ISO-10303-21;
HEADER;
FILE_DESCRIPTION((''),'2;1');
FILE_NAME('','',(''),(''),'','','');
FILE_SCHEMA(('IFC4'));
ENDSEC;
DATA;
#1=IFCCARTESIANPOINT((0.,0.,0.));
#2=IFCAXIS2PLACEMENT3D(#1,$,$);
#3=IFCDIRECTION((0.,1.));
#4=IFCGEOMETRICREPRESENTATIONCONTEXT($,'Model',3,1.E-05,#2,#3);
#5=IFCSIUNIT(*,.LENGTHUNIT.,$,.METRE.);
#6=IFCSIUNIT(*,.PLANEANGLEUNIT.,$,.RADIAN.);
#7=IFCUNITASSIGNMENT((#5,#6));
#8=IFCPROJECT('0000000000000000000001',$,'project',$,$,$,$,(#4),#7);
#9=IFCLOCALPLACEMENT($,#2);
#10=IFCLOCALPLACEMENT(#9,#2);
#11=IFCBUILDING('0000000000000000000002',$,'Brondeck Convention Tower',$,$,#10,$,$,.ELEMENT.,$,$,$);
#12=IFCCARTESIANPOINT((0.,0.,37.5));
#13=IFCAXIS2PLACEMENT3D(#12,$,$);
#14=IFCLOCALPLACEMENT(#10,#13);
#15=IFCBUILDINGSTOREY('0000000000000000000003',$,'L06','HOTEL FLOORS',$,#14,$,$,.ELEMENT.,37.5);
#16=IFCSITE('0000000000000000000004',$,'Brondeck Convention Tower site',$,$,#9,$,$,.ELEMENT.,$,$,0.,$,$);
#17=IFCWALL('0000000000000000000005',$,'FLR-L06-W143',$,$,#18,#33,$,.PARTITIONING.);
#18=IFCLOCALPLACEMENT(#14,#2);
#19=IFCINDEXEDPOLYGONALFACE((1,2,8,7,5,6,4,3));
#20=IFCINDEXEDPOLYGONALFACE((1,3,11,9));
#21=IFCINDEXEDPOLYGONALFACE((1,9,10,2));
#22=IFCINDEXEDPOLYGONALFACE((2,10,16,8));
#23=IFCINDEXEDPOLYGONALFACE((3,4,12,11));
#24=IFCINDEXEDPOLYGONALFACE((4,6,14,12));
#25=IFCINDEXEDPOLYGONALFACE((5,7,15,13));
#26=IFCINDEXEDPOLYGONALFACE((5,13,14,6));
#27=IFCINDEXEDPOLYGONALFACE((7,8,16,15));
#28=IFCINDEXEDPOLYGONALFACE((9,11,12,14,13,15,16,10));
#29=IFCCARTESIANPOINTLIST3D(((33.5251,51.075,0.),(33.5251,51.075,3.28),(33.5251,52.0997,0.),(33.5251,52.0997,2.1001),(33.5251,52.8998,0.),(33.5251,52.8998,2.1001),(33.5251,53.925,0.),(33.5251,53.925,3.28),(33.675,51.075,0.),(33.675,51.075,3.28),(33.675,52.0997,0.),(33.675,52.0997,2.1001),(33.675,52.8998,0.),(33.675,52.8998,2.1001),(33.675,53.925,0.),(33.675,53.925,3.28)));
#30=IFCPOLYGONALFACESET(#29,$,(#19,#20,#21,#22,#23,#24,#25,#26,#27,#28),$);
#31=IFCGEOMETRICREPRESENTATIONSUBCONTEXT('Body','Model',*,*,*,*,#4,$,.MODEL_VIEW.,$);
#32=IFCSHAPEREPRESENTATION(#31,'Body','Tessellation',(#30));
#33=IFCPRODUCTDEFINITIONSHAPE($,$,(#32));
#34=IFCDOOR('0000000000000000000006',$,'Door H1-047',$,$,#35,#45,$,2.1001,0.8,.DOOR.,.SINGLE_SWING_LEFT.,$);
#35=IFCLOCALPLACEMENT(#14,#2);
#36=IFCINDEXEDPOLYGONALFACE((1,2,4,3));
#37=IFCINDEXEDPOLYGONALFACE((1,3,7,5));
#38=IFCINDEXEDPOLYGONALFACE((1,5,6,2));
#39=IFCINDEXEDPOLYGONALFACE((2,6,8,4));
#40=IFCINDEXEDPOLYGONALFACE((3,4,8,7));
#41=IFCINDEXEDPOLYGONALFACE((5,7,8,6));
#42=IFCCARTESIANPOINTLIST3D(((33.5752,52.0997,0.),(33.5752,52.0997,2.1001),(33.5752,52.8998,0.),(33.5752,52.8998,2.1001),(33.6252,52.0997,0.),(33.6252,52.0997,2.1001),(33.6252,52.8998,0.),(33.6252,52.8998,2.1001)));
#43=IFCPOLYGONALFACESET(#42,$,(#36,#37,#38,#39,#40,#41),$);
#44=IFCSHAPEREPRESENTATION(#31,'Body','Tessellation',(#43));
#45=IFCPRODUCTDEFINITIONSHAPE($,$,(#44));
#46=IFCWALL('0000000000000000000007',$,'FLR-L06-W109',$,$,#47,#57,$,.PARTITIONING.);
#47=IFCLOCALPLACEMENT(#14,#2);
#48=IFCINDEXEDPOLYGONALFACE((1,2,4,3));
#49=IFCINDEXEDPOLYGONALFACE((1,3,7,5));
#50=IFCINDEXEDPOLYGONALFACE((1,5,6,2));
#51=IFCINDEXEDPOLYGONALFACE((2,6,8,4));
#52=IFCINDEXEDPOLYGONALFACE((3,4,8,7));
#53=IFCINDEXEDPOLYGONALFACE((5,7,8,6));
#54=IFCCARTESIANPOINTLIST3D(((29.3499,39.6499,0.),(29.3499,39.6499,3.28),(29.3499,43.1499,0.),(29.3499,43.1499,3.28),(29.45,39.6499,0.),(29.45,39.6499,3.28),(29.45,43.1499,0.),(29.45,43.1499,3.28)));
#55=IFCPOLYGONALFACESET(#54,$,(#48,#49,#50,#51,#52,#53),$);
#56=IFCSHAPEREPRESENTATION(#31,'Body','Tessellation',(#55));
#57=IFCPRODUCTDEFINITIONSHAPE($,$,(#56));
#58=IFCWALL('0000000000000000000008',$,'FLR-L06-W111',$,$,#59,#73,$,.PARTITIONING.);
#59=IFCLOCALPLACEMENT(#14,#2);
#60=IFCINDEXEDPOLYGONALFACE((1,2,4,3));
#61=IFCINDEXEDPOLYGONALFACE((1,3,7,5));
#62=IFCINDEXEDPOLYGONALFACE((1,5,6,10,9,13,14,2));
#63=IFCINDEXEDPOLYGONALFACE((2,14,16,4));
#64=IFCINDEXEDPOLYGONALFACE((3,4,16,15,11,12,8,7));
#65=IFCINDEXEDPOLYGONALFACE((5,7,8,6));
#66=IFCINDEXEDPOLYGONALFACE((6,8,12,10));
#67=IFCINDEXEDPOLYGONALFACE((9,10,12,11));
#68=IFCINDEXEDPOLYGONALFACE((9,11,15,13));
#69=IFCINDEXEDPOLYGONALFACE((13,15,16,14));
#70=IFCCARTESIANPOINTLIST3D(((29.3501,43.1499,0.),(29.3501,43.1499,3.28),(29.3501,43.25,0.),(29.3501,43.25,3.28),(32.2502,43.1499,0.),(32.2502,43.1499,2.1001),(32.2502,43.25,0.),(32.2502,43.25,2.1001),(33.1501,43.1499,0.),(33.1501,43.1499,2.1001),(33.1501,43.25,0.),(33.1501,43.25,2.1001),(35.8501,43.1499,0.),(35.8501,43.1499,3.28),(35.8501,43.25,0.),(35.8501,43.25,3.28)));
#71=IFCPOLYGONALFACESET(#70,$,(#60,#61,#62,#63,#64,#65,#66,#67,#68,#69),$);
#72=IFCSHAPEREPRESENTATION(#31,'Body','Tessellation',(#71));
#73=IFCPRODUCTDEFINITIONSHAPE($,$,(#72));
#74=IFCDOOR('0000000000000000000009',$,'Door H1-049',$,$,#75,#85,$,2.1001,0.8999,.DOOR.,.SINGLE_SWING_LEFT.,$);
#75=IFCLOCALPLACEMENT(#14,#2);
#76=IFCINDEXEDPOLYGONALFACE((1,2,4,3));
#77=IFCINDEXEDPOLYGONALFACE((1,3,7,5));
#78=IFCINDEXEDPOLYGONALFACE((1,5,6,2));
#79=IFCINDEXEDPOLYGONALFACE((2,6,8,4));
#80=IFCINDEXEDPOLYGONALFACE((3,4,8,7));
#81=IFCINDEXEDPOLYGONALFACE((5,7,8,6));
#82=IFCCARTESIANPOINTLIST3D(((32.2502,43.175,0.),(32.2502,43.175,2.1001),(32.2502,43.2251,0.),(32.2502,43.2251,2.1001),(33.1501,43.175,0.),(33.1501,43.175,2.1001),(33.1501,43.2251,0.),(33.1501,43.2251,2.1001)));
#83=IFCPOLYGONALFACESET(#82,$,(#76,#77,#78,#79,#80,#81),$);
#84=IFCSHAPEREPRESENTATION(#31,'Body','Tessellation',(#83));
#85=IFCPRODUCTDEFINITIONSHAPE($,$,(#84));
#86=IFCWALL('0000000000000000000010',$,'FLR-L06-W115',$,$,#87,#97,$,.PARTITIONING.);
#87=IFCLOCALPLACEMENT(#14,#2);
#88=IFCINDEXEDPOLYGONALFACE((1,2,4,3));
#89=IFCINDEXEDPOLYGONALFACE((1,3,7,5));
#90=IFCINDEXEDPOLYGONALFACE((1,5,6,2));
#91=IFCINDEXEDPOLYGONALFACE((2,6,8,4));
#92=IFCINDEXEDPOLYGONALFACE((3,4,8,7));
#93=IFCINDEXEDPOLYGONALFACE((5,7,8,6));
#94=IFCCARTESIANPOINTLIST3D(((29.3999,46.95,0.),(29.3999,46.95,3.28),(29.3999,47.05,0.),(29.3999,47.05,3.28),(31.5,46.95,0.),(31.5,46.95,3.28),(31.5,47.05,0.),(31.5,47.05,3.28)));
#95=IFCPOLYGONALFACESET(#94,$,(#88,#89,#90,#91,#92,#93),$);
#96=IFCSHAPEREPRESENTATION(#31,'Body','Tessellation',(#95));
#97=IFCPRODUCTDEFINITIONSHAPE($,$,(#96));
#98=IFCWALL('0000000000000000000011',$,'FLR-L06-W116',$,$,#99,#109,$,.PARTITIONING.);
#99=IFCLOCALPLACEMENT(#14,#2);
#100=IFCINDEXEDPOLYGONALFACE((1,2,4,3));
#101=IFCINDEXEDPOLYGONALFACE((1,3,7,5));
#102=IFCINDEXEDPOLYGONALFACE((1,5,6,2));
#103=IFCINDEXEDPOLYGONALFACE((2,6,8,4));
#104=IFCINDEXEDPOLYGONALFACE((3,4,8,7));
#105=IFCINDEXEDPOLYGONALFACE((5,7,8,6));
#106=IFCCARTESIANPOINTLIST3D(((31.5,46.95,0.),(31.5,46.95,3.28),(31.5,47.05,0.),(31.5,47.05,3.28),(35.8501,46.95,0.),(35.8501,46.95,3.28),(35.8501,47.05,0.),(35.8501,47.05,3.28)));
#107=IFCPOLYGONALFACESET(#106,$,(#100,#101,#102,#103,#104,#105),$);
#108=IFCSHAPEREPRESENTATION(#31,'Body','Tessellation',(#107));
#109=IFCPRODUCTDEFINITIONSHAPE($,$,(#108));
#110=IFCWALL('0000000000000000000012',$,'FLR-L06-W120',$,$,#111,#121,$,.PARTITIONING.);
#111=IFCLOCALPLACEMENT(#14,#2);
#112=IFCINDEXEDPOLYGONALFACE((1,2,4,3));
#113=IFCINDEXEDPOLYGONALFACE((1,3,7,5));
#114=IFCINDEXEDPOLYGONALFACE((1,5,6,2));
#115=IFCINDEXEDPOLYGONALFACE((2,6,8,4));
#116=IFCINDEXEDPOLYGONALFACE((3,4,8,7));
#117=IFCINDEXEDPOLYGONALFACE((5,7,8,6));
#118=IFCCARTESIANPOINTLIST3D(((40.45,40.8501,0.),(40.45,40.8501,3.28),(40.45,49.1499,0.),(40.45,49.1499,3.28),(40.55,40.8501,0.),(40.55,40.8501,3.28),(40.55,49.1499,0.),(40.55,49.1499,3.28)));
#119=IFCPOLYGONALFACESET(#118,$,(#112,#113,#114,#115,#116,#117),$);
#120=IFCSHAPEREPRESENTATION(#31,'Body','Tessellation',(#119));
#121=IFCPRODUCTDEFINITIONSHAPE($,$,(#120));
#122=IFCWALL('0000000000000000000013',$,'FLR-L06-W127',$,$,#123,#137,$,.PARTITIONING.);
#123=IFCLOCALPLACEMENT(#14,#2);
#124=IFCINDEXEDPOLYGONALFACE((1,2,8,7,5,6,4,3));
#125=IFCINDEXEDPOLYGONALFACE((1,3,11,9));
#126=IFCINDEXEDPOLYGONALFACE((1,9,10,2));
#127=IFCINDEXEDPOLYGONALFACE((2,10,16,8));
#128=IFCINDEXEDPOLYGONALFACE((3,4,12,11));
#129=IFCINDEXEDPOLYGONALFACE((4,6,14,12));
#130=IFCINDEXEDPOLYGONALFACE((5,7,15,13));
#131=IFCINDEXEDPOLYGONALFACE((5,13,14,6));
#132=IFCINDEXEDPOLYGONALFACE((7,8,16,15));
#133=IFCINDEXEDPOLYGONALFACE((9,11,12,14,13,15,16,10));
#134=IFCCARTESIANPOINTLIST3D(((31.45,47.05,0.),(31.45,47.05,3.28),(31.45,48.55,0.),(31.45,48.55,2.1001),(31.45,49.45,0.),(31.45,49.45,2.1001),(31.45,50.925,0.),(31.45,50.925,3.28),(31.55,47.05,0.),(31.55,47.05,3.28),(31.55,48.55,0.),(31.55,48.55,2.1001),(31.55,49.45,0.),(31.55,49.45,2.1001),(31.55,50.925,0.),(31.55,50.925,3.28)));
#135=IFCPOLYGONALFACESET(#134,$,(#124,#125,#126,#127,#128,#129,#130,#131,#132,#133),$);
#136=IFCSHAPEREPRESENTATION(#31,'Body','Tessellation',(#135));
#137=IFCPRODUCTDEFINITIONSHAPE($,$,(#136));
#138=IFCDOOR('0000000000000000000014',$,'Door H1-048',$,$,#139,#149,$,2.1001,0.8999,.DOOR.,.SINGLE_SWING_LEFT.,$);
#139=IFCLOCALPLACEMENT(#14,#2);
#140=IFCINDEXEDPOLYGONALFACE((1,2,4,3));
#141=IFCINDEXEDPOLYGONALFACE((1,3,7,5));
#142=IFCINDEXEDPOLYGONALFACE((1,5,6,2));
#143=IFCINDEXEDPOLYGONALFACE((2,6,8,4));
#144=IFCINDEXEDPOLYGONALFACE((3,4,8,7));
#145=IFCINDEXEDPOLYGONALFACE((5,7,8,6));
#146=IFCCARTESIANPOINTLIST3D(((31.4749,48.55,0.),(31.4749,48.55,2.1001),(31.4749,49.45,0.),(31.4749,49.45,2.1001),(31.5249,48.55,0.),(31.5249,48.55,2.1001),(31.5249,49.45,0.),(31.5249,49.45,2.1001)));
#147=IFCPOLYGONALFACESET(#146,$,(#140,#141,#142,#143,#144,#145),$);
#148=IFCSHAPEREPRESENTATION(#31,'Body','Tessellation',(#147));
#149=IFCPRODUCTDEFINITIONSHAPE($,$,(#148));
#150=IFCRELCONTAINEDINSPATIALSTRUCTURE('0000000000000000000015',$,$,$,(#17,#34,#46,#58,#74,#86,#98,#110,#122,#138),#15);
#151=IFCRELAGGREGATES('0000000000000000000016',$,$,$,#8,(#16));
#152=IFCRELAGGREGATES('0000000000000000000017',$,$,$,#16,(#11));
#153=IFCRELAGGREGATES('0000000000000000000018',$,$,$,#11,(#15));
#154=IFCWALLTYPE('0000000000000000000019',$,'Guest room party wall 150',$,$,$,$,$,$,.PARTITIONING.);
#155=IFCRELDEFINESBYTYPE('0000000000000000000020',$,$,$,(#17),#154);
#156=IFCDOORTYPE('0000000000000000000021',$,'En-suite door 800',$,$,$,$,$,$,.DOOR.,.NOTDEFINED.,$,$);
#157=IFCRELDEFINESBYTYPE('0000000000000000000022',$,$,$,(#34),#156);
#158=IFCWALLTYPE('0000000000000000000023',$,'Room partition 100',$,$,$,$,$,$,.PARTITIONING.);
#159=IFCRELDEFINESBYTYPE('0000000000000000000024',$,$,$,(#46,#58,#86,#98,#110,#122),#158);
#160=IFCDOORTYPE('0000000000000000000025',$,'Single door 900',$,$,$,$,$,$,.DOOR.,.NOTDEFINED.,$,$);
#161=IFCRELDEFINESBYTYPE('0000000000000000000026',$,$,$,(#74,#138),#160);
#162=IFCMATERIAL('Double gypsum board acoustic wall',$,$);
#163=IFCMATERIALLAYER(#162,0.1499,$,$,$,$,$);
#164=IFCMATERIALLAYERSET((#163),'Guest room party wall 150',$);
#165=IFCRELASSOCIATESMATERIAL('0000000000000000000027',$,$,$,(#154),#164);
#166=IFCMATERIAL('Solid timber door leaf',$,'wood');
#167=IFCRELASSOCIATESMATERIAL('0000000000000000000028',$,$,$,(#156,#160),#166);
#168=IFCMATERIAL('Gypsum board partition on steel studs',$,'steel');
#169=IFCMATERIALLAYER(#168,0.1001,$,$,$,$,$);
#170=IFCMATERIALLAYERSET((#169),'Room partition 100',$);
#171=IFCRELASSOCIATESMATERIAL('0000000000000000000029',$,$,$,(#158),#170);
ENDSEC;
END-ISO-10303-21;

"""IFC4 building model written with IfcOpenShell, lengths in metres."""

from ifc_helpers import new_model, si_unit, direction, frame, frame_2d, origin, place, context, subcontext, project, spatial, rectangle, extrude, material, layer, layer_set, type_object, element, fill, save


model = new_model("IFC4")

# Units and contexts
model_context = context("Model", 3, precision=1e-05, world=origin(), true_north=direction((0.0, 1.0)))
body_context = subcontext(model_context, "Body", "Model", "MODEL_VIEW")
ifc_project = project(units=[si_unit("LENGTHUNIT", "METRE"), si_unit("PLANEANGLEUNIT", "RADIAN")], contexts=[model_context])

# Site, building, storey
site_placement = place(None, origin())
site = spatial("IfcSite", under=ifc_project, at=site_placement, Name="Brondeck Convention Tower site", CompositionType="ELEMENT", RefElevation=0.0)
building_placement = place(site_placement, origin())
building = spatial("IfcBuilding", under=site, at=building_placement, Name="Brondeck Convention Tower", CompositionType="ELEMENT")
storey_placement = place(building_placement, frame((0.0, 0.0, 37.5)))
storey = spatial("IfcBuildingStorey", under=building, at=storey_placement, Name="L06", Description="HOTEL FLOORS", CompositionType="ELEMENT", Elevation=37.5)

# Shared definitions
ifc_material_1 = material(Name="Double gypsum board acoustic wall")
ifc_layer_1 = layer(ifc_material_1, 0.1499)
ifc_layer_set_1 = layer_set([ifc_layer_1], Name="Guest room party wall 150")
wall_type_1 = type_object("IfcWallType", Name="Guest room party wall 150", PredefinedType="PARTITIONING", material=ifc_layer_set_1)

# Wall, opening, door
wall_1_placement = place(storey_placement, frame((33.6001, 51.075, 0.0), z_axis=(0.0, 0.0, 1.0), x_axis=(0.0, 1.0, 0.0)))
wall_1 = element("IfcWall", 1, at=wall_1_placement, inside=storey, type_object=wall_type_1, Name="FLR-L06-W143", PredefinedType="PARTITIONING", context=body_context, shape_type="SweptSolid", body=[
    extrude(rectangle(XDim=2.8501, YDim=0.1499, at=frame_2d((1.425, 0.0))), origin(), (0.0, 0.0, 1.0), 3.28),
])
opening_1_placement = place(wall_1_placement, frame((1.0249, 0.0, 0.0)))
opening_1 = element("IfcOpeningElement", 2, at=opening_1_placement, cuts=wall_1, PredefinedType="OPENING", context=body_context, shape_type="SweptSolid", body=[
    extrude(rectangle(XDim=0.8, YDim=2.1001, at=frame_2d((0.3999, 1.05))), frame((0.0, 0.085, 0.0), z_axis=(0.0, -1.0, 0.0), x_axis=(1.0, 0.0, 0.0)), (0.0, 0.0, 1.0), 0.1699),
])
ifc_material_2 = material(Name="Solid timber door leaf", Category="wood")
door_type_1 = type_object("IfcDoorType", Name="En-suite door 800", OperationType="NOTDEFINED", PredefinedType="DOOR", material=ifc_material_2)
door_1_placement = place(opening_1_placement, origin())
door_1 = element("IfcDoor", 3, at=door_1_placement, inside=storey, type_object=door_type_1, Name="Door H1-047", OperationType="SINGLE_SWING_LEFT", OverallHeight=2.1001, OverallWidth=0.8, PredefinedType="DOOR", context=body_context, shape_type="SweptSolid", body=[
    extrude(rectangle(XDim=0.8, YDim=2.1001, at=frame_2d((0.3999, 1.05))), frame((0.0, 0.0249, 0.0), z_axis=(0.0, -1.0, 0.0), x_axis=(1.0, 0.0, 0.0)), (0.0, 0.0, 1.0), 0.05),
])
fill(opening_1, door_1)

# Wall
ifc_material_3 = material(Name="Gypsum board partition on steel studs", Category="steel")
ifc_layer_2 = layer(ifc_material_3, 0.1001)
ifc_layer_set_2 = layer_set([ifc_layer_2], Name="Room partition 100")
wall_type_2 = type_object("IfcWallType", Name="Room partition 100", PredefinedType="PARTITIONING", material=ifc_layer_set_2)
wall_2_placement = place(storey_placement, frame((29.3999, 43.1499, 0.0), z_axis=(0.0, 0.0, 1.0), x_axis=(0.0, -1.0, 0.0)))
element("IfcWall", 4, at=wall_2_placement, inside=storey, type_object=wall_type_2, Name="FLR-L06-W109", PredefinedType="PARTITIONING", context=body_context, shape_type="SweptSolid", body=[
    extrude(rectangle(XDim=3.5, YDim=0.1001, at=frame_2d((1.75, 0.0))), origin(), (0.0, 0.0, 1.0), 3.28),
])

# Wall, opening, door
wall_3_placement = place(storey_placement, frame((35.8501, 43.2, 0.0), z_axis=(0.0, 0.0, 1.0), x_axis=(-1.0, 0.0, 0.0)))
wall_3 = element("IfcWall", 5, at=wall_3_placement, inside=storey, type_object=wall_type_2, Name="FLR-L06-W111", PredefinedType="PARTITIONING", context=body_context, shape_type="SweptSolid", body=[
    extrude(rectangle(XDim=6.5, YDim=0.1001, at=frame_2d((3.25, 0.0))), origin(), (0.0, 0.0, 1.0), 3.28),
])
opening_2_placement = place(wall_3_placement, frame((2.7, 0.0, 0.0)))
opening_2 = element("IfcOpeningElement", 6, at=opening_2_placement, cuts=wall_3, PredefinedType="OPENING", context=body_context, shape_type="SweptSolid", body=[
    extrude(rectangle(XDim=0.8999, YDim=2.1001, at=frame_2d((0.45, 1.05))), frame((0.0, 0.0601, 0.0), z_axis=(0.0, -1.0, 0.0), x_axis=(1.0, 0.0, 0.0)), (0.0, 0.0, 1.0), 0.1201),
])
door_type_2 = type_object("IfcDoorType", Name="Single door 900", OperationType="NOTDEFINED", PredefinedType="DOOR", material=ifc_material_2)
door_2_placement = place(opening_2_placement, origin())
door_2 = element("IfcDoor", 7, at=door_2_placement, inside=storey, type_object=door_type_2, Name="Door H1-049", OperationType="SINGLE_SWING_LEFT", OverallHeight=2.1001, OverallWidth=0.8999, PredefinedType="DOOR", context=body_context, shape_type="SweptSolid", body=[
    extrude(rectangle(XDim=0.8999, YDim=2.1001, at=frame_2d((0.45, 1.05))), frame((0.0, 0.0249, 0.0), z_axis=(0.0, -1.0, 0.0), x_axis=(1.0, 0.0, 0.0)), (0.0, 0.0, 1.0), 0.05),
])
fill(opening_2, door_2)

# Walls
wall_4_placement = place(storey_placement, frame((29.3999, 47.0, 0.0), z_axis=(0.0, 0.0, 1.0), x_axis=(1.0, 0.0, 0.0)))
element("IfcWall", 8, at=wall_4_placement, inside=storey, type_object=wall_type_2, Name="FLR-L06-W115", PredefinedType="PARTITIONING", context=body_context, shape_type="SweptSolid", body=[
    extrude(rectangle(XDim=2.1001, YDim=0.1001, at=frame_2d((1.05, 0.0))), origin(), (0.0, 0.0, 1.0), 3.28),
])
wall_5_placement = place(storey_placement, frame((31.5, 47.0, 0.0), z_axis=(0.0, 0.0, 1.0), x_axis=(1.0, 0.0, 0.0)))
element("IfcWall", 9, at=wall_5_placement, inside=storey, type_object=wall_type_2, Name="FLR-L06-W116", PredefinedType="PARTITIONING", context=body_context, shape_type="SweptSolid", body=[
    extrude(rectangle(XDim=4.3501, YDim=0.1001, at=frame_2d((2.175, 0.0))), origin(), (0.0, 0.0, 1.0), 3.28),
])
wall_6_placement = place(storey_placement, frame((40.5, 49.1499, 0.0), z_axis=(0.0, 0.0, 1.0), x_axis=(0.0, -1.0, 0.0)))
element("IfcWall", 10, at=wall_6_placement, inside=storey, type_object=wall_type_2, Name="FLR-L06-W120", PredefinedType="PARTITIONING", context=body_context, shape_type="SweptSolid", body=[
    extrude(rectangle(XDim=8.2998, YDim=0.1001, at=frame_2d((4.1499, 0.0))), origin(), (0.0, 0.0, 1.0), 3.28),
])

# Wall, opening, door
wall_7_placement = place(storey_placement, frame((31.5, 50.925, 0.0), z_axis=(0.0, 0.0, 1.0), x_axis=(0.0, -1.0, 0.0)))
wall_7 = element("IfcWall", 11, at=wall_7_placement, inside=storey, type_object=wall_type_2, Name="FLR-L06-W127", PredefinedType="PARTITIONING", context=body_context, shape_type="SweptSolid", body=[
    extrude(rectangle(XDim=3.875, YDim=0.1001, at=frame_2d((1.9375, 0.0))), origin(), (0.0, 0.0, 1.0), 3.28),
])
opening_3_placement = place(wall_7_placement, frame((1.4751, 0.0, 0.0)))
opening_3 = element("IfcOpeningElement", 12, at=opening_3_placement, cuts=wall_7, PredefinedType="OPENING", context=body_context, shape_type="SweptSolid", body=[
    extrude(rectangle(XDim=0.8999, YDim=2.1001, at=frame_2d((0.45, 1.05))), frame((0.0, 0.0601, 0.0), z_axis=(0.0, -1.0, 0.0), x_axis=(1.0, 0.0, 0.0)), (0.0, 0.0, 1.0), 0.1201),
])
door_3_placement = place(opening_3_placement, origin())
door_3 = element("IfcDoor", 13, at=door_3_placement, inside=storey, type_object=door_type_2, Name="Door H1-048", OperationType="SINGLE_SWING_LEFT", OverallHeight=2.1001, OverallWidth=0.8999, PredefinedType="DOOR", context=body_context, shape_type="SweptSolid", body=[
    extrude(rectangle(XDim=0.8999, YDim=2.1001, at=frame_2d((0.45, 1.05))), frame((0.0, 0.0249, 0.0), z_axis=(0.0, -1.0, 0.0), x_axis=(1.0, 0.0, 0.0)), (0.0, 0.0, 1.0), 0.05),
])
fill(opening_3, door_3)

save(model, "model.ifc")
